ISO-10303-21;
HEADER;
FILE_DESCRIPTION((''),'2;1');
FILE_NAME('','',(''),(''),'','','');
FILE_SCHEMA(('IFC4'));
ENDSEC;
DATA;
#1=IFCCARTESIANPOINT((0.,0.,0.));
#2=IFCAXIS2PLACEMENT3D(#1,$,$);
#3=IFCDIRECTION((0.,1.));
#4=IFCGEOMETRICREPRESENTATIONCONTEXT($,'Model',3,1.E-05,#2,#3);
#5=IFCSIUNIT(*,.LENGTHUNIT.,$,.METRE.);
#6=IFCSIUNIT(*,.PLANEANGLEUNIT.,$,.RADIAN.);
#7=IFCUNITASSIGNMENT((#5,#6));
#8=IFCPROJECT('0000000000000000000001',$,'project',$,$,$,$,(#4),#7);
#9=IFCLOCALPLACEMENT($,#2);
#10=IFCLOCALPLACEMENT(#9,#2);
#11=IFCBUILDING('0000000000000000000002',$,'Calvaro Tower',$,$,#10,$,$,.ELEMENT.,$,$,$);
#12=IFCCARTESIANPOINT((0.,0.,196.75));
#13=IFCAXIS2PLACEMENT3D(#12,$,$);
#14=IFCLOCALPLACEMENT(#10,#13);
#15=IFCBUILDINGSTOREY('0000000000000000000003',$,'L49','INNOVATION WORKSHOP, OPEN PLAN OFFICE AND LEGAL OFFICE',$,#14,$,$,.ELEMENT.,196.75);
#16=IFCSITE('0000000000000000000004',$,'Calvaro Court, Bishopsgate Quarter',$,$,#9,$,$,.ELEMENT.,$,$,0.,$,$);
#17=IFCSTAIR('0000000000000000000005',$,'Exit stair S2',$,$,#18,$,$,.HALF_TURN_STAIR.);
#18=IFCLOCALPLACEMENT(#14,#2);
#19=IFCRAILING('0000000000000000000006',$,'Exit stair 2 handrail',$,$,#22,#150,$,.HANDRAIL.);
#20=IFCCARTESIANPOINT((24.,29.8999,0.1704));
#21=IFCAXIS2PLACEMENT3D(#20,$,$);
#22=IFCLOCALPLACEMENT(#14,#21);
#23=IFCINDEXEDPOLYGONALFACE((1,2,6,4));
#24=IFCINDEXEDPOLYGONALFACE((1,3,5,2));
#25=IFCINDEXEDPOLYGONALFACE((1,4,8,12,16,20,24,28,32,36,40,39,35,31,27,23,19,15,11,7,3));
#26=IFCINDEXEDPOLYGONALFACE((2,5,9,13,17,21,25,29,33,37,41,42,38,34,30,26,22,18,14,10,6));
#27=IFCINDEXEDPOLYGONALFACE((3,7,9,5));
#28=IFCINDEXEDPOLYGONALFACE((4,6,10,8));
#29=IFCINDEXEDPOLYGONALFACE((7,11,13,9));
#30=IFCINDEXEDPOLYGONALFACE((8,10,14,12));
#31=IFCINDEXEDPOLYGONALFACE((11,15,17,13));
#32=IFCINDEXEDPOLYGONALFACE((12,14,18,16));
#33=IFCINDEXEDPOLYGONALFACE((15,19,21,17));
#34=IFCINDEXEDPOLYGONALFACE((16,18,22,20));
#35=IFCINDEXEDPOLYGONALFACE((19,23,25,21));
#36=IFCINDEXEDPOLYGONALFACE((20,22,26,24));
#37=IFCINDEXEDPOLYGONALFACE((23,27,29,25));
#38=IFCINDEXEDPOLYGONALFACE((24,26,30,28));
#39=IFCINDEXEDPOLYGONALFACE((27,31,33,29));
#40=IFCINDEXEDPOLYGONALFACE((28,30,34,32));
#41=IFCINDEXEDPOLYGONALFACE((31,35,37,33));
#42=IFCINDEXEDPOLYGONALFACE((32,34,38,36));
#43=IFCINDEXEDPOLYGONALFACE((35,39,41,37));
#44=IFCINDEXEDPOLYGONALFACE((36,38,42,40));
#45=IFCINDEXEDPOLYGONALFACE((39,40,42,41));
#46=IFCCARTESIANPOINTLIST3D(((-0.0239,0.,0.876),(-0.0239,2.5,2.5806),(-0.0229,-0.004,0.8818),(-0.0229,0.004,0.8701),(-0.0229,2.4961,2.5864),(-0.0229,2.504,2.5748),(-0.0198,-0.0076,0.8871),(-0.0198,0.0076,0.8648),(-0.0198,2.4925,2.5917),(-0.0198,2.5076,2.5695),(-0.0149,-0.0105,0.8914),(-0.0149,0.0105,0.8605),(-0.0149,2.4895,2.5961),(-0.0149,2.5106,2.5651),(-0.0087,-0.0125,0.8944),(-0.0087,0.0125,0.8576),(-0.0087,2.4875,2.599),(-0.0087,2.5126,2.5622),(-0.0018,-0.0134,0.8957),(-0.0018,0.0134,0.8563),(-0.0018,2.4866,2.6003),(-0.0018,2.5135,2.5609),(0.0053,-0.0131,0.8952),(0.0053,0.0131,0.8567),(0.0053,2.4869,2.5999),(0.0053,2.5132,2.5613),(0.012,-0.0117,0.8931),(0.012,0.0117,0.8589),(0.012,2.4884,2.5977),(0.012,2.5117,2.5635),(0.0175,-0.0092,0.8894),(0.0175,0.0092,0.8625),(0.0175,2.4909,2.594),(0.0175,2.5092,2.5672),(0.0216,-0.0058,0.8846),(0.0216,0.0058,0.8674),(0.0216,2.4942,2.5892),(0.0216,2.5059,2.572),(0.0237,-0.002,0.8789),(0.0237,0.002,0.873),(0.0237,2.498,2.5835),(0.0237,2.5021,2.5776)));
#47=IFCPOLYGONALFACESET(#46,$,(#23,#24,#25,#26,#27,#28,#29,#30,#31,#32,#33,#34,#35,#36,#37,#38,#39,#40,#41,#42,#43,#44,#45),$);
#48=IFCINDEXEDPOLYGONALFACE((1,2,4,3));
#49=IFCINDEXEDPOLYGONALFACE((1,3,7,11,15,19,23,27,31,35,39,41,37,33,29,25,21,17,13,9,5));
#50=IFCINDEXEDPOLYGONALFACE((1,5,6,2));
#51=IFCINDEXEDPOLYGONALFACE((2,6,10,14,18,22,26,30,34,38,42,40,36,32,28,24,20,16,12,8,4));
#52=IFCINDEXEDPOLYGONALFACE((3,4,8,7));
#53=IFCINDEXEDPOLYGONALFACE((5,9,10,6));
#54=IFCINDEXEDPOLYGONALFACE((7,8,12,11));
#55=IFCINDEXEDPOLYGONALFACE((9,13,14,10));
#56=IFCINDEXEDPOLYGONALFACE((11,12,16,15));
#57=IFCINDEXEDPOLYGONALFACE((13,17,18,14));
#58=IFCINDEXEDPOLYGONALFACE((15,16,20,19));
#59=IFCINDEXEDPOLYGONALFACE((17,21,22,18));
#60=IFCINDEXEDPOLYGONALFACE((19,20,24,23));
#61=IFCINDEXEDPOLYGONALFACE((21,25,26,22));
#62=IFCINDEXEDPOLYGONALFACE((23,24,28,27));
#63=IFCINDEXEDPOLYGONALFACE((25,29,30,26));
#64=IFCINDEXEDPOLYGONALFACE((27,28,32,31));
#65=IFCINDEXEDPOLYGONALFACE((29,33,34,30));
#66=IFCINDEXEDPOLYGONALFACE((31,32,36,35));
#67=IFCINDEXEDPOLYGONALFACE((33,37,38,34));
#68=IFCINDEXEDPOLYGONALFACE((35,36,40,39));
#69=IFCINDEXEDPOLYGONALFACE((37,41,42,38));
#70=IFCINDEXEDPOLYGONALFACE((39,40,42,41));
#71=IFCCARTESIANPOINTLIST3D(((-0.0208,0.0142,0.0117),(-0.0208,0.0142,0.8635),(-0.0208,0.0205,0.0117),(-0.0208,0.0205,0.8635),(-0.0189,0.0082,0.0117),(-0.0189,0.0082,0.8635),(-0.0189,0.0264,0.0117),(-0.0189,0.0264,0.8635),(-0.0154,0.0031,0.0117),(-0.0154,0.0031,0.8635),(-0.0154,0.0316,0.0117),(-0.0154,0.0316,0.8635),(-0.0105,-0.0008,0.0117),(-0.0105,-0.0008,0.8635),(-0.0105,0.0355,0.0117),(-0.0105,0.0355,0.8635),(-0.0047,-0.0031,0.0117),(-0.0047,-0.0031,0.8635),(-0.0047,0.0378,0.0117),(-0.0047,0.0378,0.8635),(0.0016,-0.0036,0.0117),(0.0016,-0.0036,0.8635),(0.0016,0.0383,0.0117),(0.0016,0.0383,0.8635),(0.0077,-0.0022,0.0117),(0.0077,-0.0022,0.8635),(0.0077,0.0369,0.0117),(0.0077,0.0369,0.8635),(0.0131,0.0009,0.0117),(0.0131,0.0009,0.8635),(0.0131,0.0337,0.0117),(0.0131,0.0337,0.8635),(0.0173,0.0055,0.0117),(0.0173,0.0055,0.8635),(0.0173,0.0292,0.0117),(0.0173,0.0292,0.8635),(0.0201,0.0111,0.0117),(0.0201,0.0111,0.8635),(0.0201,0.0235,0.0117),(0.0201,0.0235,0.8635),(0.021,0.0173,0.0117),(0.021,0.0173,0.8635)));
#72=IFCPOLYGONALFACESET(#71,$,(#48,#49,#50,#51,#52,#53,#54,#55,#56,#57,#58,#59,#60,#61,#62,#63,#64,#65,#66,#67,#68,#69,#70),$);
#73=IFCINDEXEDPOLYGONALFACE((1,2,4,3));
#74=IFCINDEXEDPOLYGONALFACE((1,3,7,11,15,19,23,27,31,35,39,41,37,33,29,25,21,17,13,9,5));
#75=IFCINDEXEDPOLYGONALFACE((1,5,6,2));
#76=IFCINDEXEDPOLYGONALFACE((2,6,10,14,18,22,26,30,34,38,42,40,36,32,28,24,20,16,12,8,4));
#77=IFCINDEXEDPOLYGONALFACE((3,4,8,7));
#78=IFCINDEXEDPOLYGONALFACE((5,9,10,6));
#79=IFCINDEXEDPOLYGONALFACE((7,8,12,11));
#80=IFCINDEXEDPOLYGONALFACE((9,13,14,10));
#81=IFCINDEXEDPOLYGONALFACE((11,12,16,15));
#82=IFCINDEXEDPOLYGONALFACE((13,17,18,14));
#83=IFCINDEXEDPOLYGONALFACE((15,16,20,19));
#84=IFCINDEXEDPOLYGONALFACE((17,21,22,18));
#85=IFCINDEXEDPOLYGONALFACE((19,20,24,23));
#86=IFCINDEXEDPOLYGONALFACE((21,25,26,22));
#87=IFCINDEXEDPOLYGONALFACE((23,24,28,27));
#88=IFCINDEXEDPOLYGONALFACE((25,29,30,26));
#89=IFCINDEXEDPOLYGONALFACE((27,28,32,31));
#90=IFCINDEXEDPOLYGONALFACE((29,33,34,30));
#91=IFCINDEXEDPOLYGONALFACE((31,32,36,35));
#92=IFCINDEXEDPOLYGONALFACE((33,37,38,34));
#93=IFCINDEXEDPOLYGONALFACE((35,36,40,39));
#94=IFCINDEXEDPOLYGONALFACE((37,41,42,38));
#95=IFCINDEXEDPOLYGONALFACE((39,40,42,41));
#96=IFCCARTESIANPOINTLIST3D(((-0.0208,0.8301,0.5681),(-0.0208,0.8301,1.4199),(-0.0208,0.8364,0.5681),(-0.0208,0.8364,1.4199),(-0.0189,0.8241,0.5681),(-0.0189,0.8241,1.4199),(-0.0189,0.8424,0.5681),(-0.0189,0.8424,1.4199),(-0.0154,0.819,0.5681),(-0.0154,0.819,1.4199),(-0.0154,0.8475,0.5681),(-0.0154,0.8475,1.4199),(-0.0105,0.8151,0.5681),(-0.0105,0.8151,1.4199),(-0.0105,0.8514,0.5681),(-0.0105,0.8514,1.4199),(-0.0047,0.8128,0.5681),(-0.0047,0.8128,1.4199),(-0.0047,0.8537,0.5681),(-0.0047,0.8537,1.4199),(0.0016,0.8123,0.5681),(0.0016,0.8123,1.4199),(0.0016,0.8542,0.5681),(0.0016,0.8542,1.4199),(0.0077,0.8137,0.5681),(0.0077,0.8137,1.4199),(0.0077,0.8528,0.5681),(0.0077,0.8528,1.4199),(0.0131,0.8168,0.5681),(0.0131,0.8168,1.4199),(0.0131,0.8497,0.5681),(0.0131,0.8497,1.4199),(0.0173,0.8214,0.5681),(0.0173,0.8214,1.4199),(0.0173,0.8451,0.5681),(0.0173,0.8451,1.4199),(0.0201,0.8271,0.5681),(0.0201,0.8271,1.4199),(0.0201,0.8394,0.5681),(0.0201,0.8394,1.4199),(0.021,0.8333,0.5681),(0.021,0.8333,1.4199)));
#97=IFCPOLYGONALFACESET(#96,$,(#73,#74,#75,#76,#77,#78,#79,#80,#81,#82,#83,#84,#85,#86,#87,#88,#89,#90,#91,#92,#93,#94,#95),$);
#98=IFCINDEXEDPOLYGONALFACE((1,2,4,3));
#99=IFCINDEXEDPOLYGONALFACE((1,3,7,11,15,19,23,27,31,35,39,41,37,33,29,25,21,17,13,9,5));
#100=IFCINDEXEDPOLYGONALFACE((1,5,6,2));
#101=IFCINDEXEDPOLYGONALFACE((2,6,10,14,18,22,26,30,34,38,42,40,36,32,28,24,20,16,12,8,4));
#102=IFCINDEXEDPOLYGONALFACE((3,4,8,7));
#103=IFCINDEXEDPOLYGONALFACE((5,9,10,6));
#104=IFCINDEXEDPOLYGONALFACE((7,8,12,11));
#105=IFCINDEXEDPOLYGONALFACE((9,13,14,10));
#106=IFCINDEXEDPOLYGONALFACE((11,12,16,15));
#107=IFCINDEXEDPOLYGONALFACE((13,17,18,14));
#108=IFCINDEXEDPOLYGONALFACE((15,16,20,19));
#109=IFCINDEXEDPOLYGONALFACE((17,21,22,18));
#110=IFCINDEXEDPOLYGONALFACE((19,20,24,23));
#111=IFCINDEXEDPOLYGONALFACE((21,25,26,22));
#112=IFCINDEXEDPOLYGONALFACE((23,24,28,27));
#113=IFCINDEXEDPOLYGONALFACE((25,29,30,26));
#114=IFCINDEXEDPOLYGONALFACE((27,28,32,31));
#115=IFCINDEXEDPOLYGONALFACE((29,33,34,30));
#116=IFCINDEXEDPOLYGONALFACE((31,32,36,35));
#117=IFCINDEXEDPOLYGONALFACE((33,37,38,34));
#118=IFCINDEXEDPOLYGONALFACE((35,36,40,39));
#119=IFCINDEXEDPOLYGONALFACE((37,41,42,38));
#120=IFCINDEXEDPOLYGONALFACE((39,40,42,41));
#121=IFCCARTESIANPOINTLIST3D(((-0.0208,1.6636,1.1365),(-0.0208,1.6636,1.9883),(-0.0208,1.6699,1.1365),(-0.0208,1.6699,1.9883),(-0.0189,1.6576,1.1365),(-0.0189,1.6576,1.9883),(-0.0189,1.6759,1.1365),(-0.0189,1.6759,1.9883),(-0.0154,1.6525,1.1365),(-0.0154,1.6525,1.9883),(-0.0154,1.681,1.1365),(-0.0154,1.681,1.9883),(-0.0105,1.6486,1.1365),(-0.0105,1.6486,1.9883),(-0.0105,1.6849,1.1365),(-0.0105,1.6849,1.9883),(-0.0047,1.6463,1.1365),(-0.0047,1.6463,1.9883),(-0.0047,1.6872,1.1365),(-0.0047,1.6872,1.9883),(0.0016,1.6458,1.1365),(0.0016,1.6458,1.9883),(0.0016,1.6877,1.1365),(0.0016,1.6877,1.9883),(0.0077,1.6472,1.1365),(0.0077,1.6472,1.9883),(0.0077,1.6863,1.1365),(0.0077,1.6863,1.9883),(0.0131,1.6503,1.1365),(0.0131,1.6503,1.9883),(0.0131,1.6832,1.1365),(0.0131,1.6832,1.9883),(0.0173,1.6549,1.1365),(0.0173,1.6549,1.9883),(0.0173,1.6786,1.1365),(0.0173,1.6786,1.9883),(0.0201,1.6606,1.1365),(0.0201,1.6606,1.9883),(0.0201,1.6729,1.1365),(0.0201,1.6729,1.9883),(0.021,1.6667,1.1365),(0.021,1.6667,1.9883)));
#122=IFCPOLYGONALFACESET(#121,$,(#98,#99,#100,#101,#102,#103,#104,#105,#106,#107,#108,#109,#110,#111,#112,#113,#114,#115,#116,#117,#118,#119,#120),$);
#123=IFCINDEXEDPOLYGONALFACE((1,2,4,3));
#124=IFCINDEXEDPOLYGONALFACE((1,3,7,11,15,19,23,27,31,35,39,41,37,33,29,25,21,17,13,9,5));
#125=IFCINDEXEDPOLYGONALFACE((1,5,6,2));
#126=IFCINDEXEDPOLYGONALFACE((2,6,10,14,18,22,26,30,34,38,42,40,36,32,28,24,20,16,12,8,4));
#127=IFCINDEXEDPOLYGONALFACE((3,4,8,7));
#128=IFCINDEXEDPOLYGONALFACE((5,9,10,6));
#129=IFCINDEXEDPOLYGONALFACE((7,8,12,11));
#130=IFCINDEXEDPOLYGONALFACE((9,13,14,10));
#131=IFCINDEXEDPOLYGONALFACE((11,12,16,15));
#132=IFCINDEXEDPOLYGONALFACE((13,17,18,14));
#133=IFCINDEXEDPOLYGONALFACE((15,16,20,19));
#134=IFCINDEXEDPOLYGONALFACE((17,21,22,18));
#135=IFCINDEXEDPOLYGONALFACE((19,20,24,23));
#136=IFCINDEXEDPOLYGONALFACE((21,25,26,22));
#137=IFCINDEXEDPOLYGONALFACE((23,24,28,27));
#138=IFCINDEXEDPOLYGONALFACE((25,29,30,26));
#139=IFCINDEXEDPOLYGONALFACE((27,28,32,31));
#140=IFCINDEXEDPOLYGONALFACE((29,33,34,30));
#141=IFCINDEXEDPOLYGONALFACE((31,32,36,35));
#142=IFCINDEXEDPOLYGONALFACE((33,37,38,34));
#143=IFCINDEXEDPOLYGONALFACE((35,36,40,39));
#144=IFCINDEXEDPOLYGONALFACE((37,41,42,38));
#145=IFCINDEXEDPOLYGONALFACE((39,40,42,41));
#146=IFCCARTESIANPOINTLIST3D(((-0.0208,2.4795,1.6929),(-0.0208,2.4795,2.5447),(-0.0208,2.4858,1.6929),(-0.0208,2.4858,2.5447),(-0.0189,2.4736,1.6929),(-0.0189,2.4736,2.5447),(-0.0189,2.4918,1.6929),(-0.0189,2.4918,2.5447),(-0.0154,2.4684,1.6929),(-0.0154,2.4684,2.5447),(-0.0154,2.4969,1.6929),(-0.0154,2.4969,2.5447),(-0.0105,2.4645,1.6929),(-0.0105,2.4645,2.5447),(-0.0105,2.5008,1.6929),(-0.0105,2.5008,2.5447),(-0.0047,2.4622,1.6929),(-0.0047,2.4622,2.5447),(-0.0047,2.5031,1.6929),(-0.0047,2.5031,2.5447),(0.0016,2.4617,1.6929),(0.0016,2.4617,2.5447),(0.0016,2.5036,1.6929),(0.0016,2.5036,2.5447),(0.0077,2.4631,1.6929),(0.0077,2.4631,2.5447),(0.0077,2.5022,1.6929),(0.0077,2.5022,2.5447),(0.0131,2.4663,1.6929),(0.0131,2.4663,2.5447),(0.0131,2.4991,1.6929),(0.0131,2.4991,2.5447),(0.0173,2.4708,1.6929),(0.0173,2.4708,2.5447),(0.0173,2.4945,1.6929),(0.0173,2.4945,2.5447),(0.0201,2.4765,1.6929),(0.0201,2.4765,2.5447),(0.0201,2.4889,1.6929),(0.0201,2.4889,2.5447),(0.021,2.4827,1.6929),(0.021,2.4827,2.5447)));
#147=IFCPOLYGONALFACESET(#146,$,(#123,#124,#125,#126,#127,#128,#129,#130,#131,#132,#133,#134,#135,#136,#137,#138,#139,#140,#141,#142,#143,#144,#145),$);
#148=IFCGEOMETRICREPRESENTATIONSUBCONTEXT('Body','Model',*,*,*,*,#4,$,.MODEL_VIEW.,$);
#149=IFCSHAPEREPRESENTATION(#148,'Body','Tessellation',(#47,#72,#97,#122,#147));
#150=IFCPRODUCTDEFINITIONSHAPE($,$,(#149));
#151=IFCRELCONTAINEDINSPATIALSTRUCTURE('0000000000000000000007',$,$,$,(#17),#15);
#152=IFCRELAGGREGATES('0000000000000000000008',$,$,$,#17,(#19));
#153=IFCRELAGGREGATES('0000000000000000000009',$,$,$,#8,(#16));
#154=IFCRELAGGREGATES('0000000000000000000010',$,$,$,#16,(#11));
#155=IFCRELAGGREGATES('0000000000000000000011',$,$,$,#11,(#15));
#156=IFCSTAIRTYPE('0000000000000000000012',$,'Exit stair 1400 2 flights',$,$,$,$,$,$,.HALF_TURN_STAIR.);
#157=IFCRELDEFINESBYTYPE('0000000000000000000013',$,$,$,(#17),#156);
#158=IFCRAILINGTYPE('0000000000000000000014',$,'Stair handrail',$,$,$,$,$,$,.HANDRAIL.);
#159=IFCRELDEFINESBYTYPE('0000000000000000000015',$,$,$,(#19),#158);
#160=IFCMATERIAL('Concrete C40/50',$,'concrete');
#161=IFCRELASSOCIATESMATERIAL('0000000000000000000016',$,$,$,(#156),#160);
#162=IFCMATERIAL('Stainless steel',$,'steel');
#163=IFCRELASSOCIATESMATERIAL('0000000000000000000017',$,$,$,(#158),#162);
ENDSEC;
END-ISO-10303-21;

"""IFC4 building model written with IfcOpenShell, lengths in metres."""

from ifc_helpers import new_model, si_unit, direction, frame, origin, origin_2d, place, context, subcontext, project, spatial, circle, extrude, material, type_object, element, aggregate, save


model = new_model("IFC4")

# Units and contexts
model_context = context("Model", 3, precision=1e-05, world=origin(), true_north=direction((0.0, 1.0)))
body_context = subcontext(model_context, "Body", "Model", "MODEL_VIEW")
ifc_project = project(units=[si_unit("LENGTHUNIT", "METRE"), si_unit("PLANEANGLEUNIT", "RADIAN")], contexts=[model_context])

# Site, building, storey
site_placement = place(None, origin())
site = spatial("IfcSite", under=ifc_project, at=site_placement, Name="Calvaro Court, Bishopsgate Quarter", CompositionType="ELEMENT", RefElevation=0.0)
building_placement = place(site_placement, origin())
building = spatial("IfcBuilding", under=site, at=building_placement, Name="Calvaro Tower", CompositionType="ELEMENT")
storey_placement = place(building_placement, frame((0.0, 0.0, 196.75)))
storey = spatial("IfcBuildingStorey", under=building, at=storey_placement, Name="L49", Description="INNOVATION WORKSHOP, OPEN PLAN OFFICE AND LEGAL OFFICE", CompositionType="ELEMENT", Elevation=196.75)

# Stair, railing
ifc_material_1 = material(Name="Concrete C40/50", Category="concrete")
stair_type = type_object("IfcStairType", Name="Exit stair 1400 2 flights", PredefinedType="HALF_TURN_STAIR", material=ifc_material_1)
stair_placement = place(storey_placement, origin())
stair = element("IfcStair", 1, at=stair_placement, inside=storey, type_object=stair_type, Name="Exit stair S2", PredefinedType="HALF_TURN_STAIR")
ifc_material_2 = material(Name="Stainless steel", Category="steel")
railing_type = type_object("IfcRailingType", Name="Stair handrail", PredefinedType="HANDRAIL", material=ifc_material_2)
railing_placement = place(storey_placement, frame((24.0, 29.8999, 0.1704)))
railing = element("IfcRailing", 2, at=railing_placement, type_object=railing_type, Name="Exit stair 2 handrail", PredefinedType="HANDRAIL", context=body_context, shape_type="SweptSolid", body=[
    extrude(circle(Radius=0.0239, at=origin_2d()), frame((0.0, 0.0, 0.876), z_axis=(0.0, 0.826221, 0.563347), x_axis=(-1.0, 0.0, 0.0)), (0.0, 0.0, 1.0), 3.0259),
    extrude(circle(Radius=0.021, at=origin_2d()), frame((0.0, 0.0173, 0.0117)), (0.0, 0.0, 1.0), 0.8518),
    extrude(circle(Radius=0.021, at=origin_2d()), frame((0.0, 0.8333, 0.5681)), (0.0, 0.0, 1.0), 0.8518),
    extrude(circle(Radius=0.021, at=origin_2d()), frame((0.0, 1.6667, 1.1365)), (0.0, 0.0, 1.0), 0.8518),
    extrude(circle(Radius=0.021, at=origin_2d()), frame((0.0, 2.4827, 1.6929)), (0.0, 0.0, 1.0), 0.8518),
])
aggregate(stair, [railing])

save(model, "model.ifc")
